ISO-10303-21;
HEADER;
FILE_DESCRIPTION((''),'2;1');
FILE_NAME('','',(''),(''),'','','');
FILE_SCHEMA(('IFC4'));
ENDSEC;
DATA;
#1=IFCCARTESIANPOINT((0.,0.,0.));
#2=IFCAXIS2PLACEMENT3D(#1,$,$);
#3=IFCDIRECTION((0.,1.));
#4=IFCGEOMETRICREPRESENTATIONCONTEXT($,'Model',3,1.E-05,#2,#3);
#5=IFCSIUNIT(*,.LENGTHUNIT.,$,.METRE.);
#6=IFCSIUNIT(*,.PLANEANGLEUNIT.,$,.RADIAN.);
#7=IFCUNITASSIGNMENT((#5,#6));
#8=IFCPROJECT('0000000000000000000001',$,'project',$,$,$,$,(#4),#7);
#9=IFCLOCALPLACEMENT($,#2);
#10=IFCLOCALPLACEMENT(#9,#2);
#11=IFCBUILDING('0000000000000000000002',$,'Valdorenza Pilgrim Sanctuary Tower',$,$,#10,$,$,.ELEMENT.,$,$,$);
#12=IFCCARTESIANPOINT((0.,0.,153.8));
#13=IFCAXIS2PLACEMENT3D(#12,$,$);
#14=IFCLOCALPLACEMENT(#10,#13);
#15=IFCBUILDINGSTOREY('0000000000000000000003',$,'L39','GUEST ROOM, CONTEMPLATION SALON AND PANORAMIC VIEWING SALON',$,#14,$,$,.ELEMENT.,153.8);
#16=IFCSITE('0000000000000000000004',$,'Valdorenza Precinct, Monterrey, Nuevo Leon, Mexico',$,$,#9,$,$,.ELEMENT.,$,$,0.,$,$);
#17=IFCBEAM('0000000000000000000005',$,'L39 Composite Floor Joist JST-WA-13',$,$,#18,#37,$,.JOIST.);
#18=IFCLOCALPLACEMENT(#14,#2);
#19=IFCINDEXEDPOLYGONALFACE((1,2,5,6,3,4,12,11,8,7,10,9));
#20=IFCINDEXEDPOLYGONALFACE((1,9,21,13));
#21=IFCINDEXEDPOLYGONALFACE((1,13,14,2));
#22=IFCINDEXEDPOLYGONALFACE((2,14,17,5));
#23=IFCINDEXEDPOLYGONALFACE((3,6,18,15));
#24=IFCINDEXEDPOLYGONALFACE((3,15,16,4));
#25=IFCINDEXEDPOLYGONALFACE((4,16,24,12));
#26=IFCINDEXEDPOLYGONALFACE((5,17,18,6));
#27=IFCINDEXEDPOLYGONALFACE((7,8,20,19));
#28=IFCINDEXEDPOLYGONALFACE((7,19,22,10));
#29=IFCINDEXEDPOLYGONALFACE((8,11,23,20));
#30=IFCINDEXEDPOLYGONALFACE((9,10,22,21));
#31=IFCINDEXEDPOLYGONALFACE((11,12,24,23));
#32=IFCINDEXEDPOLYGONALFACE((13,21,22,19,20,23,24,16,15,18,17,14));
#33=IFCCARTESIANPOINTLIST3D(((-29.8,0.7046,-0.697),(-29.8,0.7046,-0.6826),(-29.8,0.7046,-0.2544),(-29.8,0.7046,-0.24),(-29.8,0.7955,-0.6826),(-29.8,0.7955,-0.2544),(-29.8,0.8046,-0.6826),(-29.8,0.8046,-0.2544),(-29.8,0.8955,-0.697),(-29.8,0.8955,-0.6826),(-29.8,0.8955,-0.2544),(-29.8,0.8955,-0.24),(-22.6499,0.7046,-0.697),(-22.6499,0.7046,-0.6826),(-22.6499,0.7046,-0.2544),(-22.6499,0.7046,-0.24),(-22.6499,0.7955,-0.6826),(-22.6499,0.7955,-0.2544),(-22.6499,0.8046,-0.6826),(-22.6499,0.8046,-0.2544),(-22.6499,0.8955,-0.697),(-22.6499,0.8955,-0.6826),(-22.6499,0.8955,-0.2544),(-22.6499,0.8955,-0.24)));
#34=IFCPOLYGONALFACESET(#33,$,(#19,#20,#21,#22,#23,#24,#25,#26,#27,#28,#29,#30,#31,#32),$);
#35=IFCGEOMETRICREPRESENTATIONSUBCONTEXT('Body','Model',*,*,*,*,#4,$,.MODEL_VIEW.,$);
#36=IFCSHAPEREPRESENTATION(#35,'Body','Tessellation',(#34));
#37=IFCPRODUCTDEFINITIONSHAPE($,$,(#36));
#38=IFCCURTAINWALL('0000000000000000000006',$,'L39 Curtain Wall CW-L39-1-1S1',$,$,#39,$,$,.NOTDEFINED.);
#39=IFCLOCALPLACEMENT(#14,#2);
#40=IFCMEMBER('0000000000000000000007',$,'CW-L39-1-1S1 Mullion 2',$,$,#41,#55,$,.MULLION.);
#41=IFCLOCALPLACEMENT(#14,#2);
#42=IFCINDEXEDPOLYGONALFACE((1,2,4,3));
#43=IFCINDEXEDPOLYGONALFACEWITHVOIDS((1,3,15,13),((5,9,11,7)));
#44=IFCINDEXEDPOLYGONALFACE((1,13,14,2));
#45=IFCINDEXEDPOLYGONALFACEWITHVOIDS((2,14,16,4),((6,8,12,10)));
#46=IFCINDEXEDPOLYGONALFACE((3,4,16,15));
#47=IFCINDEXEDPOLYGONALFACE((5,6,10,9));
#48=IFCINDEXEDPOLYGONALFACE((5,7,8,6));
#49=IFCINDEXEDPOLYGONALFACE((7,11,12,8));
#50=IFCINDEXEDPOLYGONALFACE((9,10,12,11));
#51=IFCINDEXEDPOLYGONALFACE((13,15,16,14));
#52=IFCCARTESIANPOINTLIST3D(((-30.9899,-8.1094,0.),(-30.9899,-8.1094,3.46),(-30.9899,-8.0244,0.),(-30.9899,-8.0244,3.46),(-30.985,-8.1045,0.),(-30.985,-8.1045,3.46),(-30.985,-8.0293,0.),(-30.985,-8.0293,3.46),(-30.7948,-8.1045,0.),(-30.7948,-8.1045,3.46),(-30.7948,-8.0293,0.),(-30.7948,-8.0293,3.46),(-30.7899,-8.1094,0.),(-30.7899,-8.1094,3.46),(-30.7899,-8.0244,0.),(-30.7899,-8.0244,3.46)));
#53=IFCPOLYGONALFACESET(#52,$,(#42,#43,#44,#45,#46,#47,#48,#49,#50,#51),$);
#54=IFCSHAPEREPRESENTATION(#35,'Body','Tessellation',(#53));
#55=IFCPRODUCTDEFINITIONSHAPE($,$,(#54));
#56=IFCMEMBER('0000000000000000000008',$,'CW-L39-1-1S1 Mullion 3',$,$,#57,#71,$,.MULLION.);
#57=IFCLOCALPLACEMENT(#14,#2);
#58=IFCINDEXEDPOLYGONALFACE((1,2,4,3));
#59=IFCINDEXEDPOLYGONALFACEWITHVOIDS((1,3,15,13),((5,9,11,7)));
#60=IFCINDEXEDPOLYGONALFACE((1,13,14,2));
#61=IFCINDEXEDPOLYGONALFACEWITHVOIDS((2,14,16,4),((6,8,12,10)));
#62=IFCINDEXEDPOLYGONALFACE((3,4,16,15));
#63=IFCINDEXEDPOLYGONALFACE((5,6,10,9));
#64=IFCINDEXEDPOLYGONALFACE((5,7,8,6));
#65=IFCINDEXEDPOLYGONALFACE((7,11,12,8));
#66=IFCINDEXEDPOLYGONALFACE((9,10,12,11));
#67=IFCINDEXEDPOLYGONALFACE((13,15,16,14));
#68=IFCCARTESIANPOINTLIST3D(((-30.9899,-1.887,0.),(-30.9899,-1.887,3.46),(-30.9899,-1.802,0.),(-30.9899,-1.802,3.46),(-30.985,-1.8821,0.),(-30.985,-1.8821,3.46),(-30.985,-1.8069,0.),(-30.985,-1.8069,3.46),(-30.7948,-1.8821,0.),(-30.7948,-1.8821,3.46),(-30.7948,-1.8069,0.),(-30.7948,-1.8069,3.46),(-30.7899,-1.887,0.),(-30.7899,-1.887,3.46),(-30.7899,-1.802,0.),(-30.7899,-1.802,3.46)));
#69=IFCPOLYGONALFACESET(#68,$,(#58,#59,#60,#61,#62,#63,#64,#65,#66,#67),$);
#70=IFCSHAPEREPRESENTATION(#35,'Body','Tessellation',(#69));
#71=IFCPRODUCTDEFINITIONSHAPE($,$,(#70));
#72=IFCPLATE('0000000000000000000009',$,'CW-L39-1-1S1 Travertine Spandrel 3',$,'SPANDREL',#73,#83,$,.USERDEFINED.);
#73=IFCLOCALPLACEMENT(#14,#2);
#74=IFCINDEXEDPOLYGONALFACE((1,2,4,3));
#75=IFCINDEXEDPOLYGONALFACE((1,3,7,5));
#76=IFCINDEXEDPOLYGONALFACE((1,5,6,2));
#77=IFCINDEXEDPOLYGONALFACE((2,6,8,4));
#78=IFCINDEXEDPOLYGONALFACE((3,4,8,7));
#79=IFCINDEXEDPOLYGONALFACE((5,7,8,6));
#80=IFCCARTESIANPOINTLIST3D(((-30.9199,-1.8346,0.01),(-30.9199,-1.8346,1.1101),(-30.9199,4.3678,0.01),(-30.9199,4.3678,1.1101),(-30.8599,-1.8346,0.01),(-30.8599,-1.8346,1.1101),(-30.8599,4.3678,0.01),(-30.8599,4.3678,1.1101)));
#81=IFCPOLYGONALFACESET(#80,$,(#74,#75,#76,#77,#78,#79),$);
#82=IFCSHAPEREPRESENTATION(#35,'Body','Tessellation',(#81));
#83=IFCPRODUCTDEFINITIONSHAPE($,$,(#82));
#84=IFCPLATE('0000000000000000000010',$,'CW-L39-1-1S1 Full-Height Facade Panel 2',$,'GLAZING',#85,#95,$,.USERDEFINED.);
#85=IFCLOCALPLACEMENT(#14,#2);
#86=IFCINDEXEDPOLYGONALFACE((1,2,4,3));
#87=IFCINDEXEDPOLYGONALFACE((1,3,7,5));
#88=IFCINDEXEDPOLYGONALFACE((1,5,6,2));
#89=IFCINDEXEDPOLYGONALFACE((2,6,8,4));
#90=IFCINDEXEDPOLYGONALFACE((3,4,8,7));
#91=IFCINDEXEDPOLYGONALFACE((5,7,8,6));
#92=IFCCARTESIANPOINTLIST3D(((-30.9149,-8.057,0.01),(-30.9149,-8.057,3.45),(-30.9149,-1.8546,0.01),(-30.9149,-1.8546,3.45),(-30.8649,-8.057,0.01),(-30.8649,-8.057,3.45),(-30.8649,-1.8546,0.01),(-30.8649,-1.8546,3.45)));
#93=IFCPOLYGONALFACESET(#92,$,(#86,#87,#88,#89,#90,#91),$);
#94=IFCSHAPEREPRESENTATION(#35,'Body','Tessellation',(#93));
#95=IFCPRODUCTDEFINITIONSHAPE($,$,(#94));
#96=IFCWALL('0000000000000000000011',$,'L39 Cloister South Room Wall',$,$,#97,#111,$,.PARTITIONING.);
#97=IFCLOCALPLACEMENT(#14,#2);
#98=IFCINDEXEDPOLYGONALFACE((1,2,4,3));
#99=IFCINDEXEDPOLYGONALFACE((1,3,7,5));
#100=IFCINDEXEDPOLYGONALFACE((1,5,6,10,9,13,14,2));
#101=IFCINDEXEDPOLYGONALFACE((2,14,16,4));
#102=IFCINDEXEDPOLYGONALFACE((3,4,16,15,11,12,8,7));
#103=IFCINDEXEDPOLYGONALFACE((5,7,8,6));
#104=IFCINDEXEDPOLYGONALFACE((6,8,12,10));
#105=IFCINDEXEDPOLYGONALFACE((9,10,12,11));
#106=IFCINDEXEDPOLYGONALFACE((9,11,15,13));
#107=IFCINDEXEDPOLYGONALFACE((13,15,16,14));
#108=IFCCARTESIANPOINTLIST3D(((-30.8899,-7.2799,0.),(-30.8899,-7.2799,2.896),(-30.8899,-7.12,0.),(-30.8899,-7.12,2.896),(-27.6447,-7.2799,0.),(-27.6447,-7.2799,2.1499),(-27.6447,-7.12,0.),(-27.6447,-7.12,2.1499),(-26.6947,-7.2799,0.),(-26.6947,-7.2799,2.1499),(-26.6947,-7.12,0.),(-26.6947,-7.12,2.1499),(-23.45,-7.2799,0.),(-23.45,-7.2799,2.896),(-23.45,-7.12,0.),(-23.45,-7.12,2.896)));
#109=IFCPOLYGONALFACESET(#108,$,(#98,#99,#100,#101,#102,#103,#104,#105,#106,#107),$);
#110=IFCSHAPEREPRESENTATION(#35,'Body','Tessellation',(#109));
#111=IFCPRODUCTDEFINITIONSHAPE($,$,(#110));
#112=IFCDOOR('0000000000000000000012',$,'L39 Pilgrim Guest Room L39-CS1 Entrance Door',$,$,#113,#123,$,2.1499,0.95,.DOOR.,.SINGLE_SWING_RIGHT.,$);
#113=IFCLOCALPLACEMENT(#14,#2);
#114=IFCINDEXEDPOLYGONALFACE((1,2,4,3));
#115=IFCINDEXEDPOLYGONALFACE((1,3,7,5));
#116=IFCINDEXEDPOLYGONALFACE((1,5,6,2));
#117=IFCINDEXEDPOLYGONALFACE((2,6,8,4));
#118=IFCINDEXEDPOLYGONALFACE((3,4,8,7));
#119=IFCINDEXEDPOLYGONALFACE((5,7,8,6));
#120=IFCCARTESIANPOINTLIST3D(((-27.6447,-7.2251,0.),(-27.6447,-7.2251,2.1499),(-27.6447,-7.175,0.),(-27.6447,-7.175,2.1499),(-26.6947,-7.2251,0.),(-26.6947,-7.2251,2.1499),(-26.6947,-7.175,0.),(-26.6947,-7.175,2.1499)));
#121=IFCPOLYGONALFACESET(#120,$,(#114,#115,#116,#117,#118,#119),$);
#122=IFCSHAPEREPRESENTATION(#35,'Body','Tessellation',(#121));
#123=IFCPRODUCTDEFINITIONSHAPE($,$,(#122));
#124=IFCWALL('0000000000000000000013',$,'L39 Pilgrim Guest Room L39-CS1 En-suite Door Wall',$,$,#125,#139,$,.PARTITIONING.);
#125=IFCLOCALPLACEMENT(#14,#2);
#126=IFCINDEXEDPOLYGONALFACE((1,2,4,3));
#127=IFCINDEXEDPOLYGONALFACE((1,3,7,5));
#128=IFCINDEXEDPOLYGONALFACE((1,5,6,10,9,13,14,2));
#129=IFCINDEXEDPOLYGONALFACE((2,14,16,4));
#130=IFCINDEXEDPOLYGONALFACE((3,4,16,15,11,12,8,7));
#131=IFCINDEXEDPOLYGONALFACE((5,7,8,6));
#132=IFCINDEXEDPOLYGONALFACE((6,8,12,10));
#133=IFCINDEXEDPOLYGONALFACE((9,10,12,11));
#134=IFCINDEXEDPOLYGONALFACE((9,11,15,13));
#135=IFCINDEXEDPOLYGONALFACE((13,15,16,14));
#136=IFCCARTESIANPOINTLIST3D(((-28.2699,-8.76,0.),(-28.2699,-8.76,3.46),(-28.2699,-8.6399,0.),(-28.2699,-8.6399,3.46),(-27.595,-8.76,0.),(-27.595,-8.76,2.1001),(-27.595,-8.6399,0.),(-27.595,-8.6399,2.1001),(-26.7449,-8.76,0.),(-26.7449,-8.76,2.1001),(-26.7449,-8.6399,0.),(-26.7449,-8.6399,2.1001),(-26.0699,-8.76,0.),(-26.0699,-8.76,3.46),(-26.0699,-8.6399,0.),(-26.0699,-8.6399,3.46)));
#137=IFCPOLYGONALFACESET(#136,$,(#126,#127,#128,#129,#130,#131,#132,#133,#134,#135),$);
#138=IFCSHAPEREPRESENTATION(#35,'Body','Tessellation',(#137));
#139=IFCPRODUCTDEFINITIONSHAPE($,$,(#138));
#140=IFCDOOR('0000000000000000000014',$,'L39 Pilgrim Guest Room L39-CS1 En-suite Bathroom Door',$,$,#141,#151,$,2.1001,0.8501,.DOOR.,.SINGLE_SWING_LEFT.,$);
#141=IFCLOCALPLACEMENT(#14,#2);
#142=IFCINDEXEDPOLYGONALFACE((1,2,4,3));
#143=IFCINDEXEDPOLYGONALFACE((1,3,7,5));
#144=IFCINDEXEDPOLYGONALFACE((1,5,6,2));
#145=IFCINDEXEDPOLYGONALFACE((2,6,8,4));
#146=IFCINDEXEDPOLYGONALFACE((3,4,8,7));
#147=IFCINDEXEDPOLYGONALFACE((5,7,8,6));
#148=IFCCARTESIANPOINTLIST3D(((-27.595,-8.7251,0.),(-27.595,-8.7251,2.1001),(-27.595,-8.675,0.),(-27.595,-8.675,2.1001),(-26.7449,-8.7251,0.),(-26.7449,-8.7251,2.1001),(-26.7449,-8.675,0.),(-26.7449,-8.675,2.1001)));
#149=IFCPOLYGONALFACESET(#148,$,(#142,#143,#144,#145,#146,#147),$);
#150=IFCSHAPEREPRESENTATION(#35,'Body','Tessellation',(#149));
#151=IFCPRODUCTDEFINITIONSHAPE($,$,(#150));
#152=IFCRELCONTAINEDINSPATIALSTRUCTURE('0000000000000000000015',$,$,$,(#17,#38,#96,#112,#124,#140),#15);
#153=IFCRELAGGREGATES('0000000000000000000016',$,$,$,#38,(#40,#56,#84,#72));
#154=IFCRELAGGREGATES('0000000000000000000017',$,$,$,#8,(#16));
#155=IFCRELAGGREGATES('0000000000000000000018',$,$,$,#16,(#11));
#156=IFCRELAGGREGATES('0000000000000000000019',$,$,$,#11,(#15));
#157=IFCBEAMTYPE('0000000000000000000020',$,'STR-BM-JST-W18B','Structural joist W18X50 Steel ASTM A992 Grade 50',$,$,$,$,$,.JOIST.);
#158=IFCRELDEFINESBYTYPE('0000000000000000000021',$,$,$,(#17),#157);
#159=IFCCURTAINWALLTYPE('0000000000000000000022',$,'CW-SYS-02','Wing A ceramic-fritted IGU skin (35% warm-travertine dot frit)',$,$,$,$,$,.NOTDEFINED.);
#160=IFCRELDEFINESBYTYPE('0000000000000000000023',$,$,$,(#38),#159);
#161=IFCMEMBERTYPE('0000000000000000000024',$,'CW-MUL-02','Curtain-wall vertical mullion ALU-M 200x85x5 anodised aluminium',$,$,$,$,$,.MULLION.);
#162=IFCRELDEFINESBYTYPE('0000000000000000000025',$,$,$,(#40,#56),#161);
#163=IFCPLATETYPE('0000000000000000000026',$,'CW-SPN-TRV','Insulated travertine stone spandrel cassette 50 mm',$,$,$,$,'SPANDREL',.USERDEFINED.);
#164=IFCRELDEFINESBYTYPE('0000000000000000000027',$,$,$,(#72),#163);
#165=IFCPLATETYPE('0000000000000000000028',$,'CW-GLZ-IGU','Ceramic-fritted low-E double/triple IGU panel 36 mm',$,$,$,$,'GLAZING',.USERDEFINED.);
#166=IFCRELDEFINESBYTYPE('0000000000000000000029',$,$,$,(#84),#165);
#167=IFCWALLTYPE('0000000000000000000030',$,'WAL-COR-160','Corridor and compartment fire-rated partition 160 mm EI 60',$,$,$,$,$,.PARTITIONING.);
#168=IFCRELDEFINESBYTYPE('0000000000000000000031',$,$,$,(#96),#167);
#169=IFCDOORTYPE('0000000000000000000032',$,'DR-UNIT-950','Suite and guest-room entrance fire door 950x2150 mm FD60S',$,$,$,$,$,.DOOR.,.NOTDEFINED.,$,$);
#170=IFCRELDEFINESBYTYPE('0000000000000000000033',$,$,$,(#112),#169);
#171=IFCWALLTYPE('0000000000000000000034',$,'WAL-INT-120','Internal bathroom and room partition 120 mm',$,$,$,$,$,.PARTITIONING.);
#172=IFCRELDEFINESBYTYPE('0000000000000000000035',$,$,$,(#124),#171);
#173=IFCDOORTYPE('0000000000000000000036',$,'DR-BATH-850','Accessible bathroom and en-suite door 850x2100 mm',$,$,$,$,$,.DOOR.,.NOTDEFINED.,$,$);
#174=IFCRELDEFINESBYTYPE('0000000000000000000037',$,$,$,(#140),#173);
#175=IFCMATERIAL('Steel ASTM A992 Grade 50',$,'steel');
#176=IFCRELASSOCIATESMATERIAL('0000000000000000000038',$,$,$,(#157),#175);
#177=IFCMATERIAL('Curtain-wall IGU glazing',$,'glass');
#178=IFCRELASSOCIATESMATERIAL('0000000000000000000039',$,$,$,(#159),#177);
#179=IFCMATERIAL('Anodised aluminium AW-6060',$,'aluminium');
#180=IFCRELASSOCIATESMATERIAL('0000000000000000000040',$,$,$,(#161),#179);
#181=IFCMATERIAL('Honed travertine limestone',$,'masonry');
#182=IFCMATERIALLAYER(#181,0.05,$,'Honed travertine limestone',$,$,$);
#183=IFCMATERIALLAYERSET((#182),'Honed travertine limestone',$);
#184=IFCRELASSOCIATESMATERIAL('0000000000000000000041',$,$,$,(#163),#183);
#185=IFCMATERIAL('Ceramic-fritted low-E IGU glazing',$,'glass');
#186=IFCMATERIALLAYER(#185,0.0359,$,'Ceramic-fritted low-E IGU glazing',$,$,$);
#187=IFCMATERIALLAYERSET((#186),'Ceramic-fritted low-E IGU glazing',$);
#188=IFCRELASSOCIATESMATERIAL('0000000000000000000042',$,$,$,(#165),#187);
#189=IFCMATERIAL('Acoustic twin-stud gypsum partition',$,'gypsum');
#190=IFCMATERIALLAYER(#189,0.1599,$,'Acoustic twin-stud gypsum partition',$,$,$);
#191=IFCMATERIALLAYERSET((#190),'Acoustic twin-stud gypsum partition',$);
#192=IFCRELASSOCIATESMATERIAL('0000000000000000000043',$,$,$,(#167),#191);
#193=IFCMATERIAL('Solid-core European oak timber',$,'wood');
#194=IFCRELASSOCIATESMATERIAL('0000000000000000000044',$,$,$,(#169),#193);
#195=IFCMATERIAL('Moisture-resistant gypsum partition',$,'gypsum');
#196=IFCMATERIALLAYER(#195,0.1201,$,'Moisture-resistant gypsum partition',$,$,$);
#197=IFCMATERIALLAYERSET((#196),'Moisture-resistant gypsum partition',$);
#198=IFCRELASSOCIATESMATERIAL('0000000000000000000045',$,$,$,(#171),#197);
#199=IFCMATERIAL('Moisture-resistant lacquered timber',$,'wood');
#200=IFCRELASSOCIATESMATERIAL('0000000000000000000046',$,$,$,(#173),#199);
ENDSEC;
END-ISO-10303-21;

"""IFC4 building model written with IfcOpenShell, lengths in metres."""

from ifc_helpers import new_model, si_unit, direction, frame, frame_2d, origin, origin_2d, place, context, subcontext, project, spatial, rectangle, hollow_rectangle, i_section, extrude, source, transform, mapped, material, layer, layer_set, material_profile, profile_set, type_object, element, fill, aggregate, save


model = new_model("IFC4")

# Units and contexts
model_context = context("Model", 3, precision=1e-05, world=origin(), true_north=direction((0.0, 1.0)))
body_context = subcontext(model_context, "Body", "Model", "MODEL_VIEW")
ifc_project = project(units=[si_unit("LENGTHUNIT", "METRE"), si_unit("PLANEANGLEUNIT", "RADIAN")], contexts=[model_context])

# Site, building, storey
site_placement = place(None, origin())
site = spatial("IfcSite", under=ifc_project, at=site_placement, Name="Valdorenza Precinct, Monterrey, Nuevo Leon, Mexico", CompositionType="ELEMENT", RefElevation=0.0)
building_placement = place(site_placement, origin())
building = spatial("IfcBuilding", under=site, at=building_placement, Name="Valdorenza Pilgrim Sanctuary Tower", CompositionType="ELEMENT")
storey_placement = place(building_placement, frame((0.0, 0.0, 153.8)))
storey = spatial("IfcBuildingStorey", under=building, at=storey_placement, Name="L39", Description="GUEST ROOM, CONTEMPLATION SALON AND PANORAMIC VIEWING SALON", CompositionType="ELEMENT", Elevation=153.8)

# Beam
ifc_material_1 = material(Name="Steel ASTM A992 Grade 50", Category="steel")
ifc_material_profile_1 = material_profile(ifc_material_1, i_section(OverallWidth=0.1909, OverallDepth=0.457, WebThickness=0.009, FlangeThickness=0.0144, at=origin_2d()), Name="W18X50")
ifc_profile_set_1 = profile_set([ifc_material_profile_1], Name="Steel ASTM A992 Grade 50")
beam_type_1 = type_object("IfcBeamType", Name="STR-BM-JST-W18B", Description="Structural joist W18X50 Steel ASTM A992 Grade 50", PredefinedType="JOIST", material=ifc_profile_set_1)
shared_shape_1 = source(origin(), body_context, "Body", "SweptSolid", [
    extrude(i_section(OverallWidth=0.1909, OverallDepth=0.457, WebThickness=0.009, FlangeThickness=0.0144, at=origin_2d()), origin(), (0.0, 0.0, 1.0), 7.1501),
])
for number, where, z_axis, x_axis, name in (
    (1, (-29.8, 0.8, -0.4685), (1.0, 0.0, 0.0), (0.0, 1.0, 0.0), "L39 Composite Floor Joist JST-WA-13"),
):
    element("IfcBeam", number, at=place(storey_placement, frame(where, z_axis=z_axis, x_axis=x_axis)), inside=storey, type_object=beam_type_1, Name=name, PredefinedType="JOIST", context=body_context, shape_type="MappedRepresentation", body=[
        mapped(shared_shape_1, transform((0.0, 0.0, 0.0), x_axis=(1.0, 0.0, 0.0), y_axis=(0.0, 1.0, 0.0), z_axis=(0.0, 0.0, 1.0), scale=1.0)),
    ])

# Curtain wall, members, plates
ifc_material_2 = material(Name="Curtain-wall IGU glazing", Category="glass")
curtain_wall_type = type_object("IfcCurtainWallType", Name="CW-SYS-02", Description="Wing A ceramic-fritted IGU skin (35% warm-travertine dot frit)", PredefinedType="NOTDEFINED", material=ifc_material_2)
curtain_wall_placement = place(storey_placement, origin())
curtain_wall = element("IfcCurtainWall", 2, at=curtain_wall_placement, inside=storey, type_object=curtain_wall_type, Name="L39 Curtain Wall CW-L39-1-1S1", PredefinedType="NOTDEFINED")
ifc_material_3 = material(Name="Anodised aluminium AW-6060", Category="aluminium")
ifc_material_profile_2 = material_profile(ifc_material_3, hollow_rectangle(XDim=0.085, YDim=0.2, WallThickness=0.0049, at=origin_2d()), Name="ALU-M 200x85x5")
ifc_profile_set_2 = profile_set([ifc_material_profile_2], Name="Anodised aluminium AW-6060")
member_type = type_object("IfcMemberType", Name="CW-MUL-02", Description="Curtain-wall vertical mullion ALU-M 200x85x5 anodised aluminium", PredefinedType="MULLION", material=ifc_profile_set_2)
shared_shape_2 = source(origin(), body_context, "Body", "SweptSolid", [
    extrude(hollow_rectangle(XDim=0.085, YDim=0.2, WallThickness=0.0049, at=origin_2d()), origin(), (0.0, 0.0, 1.0), 3.46),
])
member_1_placement = place(storey_placement, frame((-30.8899, -8.0669, 0.0), z_axis=(0.0, 0.0, 1.0), x_axis=(0.0, 1.0, 0.0)))
member_1 = element("IfcMember", 3, at=member_1_placement, type_object=member_type, Name="CW-L39-1-1S1 Mullion 2", PredefinedType="MULLION", context=body_context, shape_type="MappedRepresentation", body=[
    mapped(shared_shape_2, transform((0.0, 0.0, 0.0), x_axis=(1.0, 0.0, 0.0), y_axis=(0.0, 1.0, 0.0), z_axis=(0.0, 0.0, 1.0), scale=1.0)),
])
member_2_placement = place(storey_placement, frame((-30.8899, -1.8445, 0.0), z_axis=(0.0, 0.0, 1.0), x_axis=(0.0, 1.0, 0.0)))
member_2 = element("IfcMember", 4, at=member_2_placement, type_object=member_type, Name="CW-L39-1-1S1 Mullion 3", PredefinedType="MULLION", context=body_context, shape_type="MappedRepresentation", body=[
    mapped(shared_shape_2, transform((0.0, 0.0, 0.0), x_axis=(1.0, 0.0, 0.0), y_axis=(0.0, 1.0, 0.0), z_axis=(0.0, 0.0, 1.0), scale=1.0)),
])
ifc_material_4 = material(Name="Honed travertine limestone", Category="masonry")
ifc_layer_1 = layer(ifc_material_4, 0.05, Name="Honed travertine limestone")
ifc_layer_set_1 = layer_set([ifc_layer_1], Name="Honed travertine limestone")
plate_type_1 = type_object("IfcPlateType", Name="CW-SPN-TRV", Description="Insulated travertine stone spandrel cassette 50 mm", ElementType="SPANDREL", PredefinedType="USERDEFINED", material=ifc_layer_set_1)
shared_shape_3 = source(origin(), body_context, "Body", "SweptSolid", [
    extrude(rectangle(XDim=6.2024, YDim=0.0601, at=origin_2d()), origin(), (0.0, 0.0, 1.0), 1.1001),
])
plate_1_placement = place(storey_placement, frame((-30.8899, 1.2666, 0.01), z_axis=(0.0, 0.0, 1.0), x_axis=(0.0, 1.0, 0.0)))
plate_1 = element("IfcPlate", 5, at=plate_1_placement, type_object=plate_type_1, Name="CW-L39-1-1S1 Travertine Spandrel 3", ObjectType="SPANDREL", PredefinedType="USERDEFINED", context=body_context, shape_type="MappedRepresentation", body=[
    mapped(shared_shape_3, transform((0.0, 0.0, 0.0), x_axis=(1.0, 0.0, 0.0), y_axis=(0.0, 1.0, 0.0), z_axis=(0.0, 0.0, 1.0), scale=1.0)),
])
ifc_material_5 = material(Name="Ceramic-fritted low-E IGU glazing", Category="glass")
ifc_layer_2 = layer(ifc_material_5, 0.0359, Name="Ceramic-fritted low-E IGU glazing")
ifc_layer_set_2 = layer_set([ifc_layer_2], Name="Ceramic-fritted low-E IGU glazing")
plate_type_2 = type_object("IfcPlateType", Name="CW-GLZ-IGU", Description="Ceramic-fritted low-E double/triple IGU panel 36 mm", ElementType="GLAZING", PredefinedType="USERDEFINED", material=ifc_layer_set_2)
shared_shape_4 = source(origin(), body_context, "Body", "SweptSolid", [
    extrude(rectangle(XDim=6.2024, YDim=0.05, at=origin_2d()), origin(), (0.0, 0.0, 1.0), 3.4399),
])
plate_2_placement = place(storey_placement, frame((-30.8899, -4.9558, 0.01), z_axis=(0.0, 0.0, 1.0), x_axis=(0.0, 1.0, 0.0)))
plate_2 = element("IfcPlate", 6, at=plate_2_placement, type_object=plate_type_2, Name="CW-L39-1-1S1 Full-Height Facade Panel 2", ObjectType="GLAZING", PredefinedType="USERDEFINED", context=body_context, shape_type="MappedRepresentation", body=[
    mapped(shared_shape_4, transform((0.0, 0.0, 0.0), x_axis=(1.0, 0.0, 0.0), y_axis=(0.0, 1.0, 0.0), z_axis=(0.0, 0.0, 1.0), scale=1.0)),
])
aggregate(curtain_wall, [member_1, member_2, plate_2, plate_1])

# Walls, openings, doors
ifc_material_6 = material(Name="Acoustic twin-stud gypsum partition", Category="gypsum")
ifc_layer_3 = layer(ifc_material_6, 0.1599, Name="Acoustic twin-stud gypsum partition")
ifc_layer_set_3 = layer_set([ifc_layer_3], Name="Acoustic twin-stud gypsum partition")
wall_type_1 = type_object("IfcWallType", Name="WAL-COR-160", Description="Corridor and compartment fire-rated partition 160 mm EI 60", PredefinedType="PARTITIONING", material=ifc_layer_set_3)
wall_1_placement = place(storey_placement, frame((-30.8899, -7.2, 0.0), z_axis=(0.0, 0.0, 1.0), x_axis=(1.0, 0.0, 0.0)))
wall_1 = element("IfcWall", 7, at=wall_1_placement, inside=storey, type_object=wall_type_1, Name="L39 Cloister South Room Wall", PredefinedType="PARTITIONING", context=body_context, shape_type="SweptSolid", body=[
    extrude(rectangle(XDim=7.4399, YDim=0.1599, at=frame_2d((3.72, 0.0))), origin(), (0.0, 0.0, 1.0), 2.896),
])
opening_1_placement = place(wall_1_placement, frame((3.2451, 0.0, 0.0)))
opening_1 = element("IfcOpeningElement", 8, at=opening_1_placement, cuts=wall_1, PredefinedType="OPENING", context=body_context, shape_type="SweptSolid", body=[
    extrude(rectangle(XDim=0.95, YDim=2.1499, at=frame_2d((0.4751, 1.075))), frame((0.0, 0.0947, 0.0), z_axis=(0.0, -1.0, 0.0), x_axis=(1.0, 0.0, 0.0)), (0.0, 0.0, 1.0), 0.1897),
])
ifc_material_7 = material(Name="Solid-core European oak timber", Category="wood")
door_type_1 = type_object("IfcDoorType", Name="DR-UNIT-950", Description="Suite and guest-room entrance fire door 950x2150 mm FD60S", OperationType="NOTDEFINED", PredefinedType="DOOR", material=ifc_material_7)
door_1_placement = place(opening_1_placement, origin())
door_1 = element("IfcDoor", 9, at=door_1_placement, inside=storey, type_object=door_type_1, Name="L39 Pilgrim Guest Room L39-CS1 Entrance Door", OperationType="SINGLE_SWING_RIGHT", OverallHeight=2.1499, OverallWidth=0.95, PredefinedType="DOOR", context=body_context, shape_type="SweptSolid", body=[
    extrude(rectangle(XDim=0.95, YDim=2.1499, at=frame_2d((0.4751, 1.075))), frame((0.0, 0.0249, 0.0), z_axis=(0.0, -1.0, 0.0), x_axis=(1.0, 0.0, 0.0)), (0.0, 0.0, 1.0), 0.05),
])
fill(opening_1, door_1)
ifc_material_8 = material(Name="Moisture-resistant gypsum partition", Category="gypsum")
ifc_layer_4 = layer(ifc_material_8, 0.1201, Name="Moisture-resistant gypsum partition")
ifc_layer_set_4 = layer_set([ifc_layer_4], Name="Moisture-resistant gypsum partition")
wall_type_2 = type_object("IfcWallType", Name="WAL-INT-120", Description="Internal bathroom and room partition 120 mm", PredefinedType="PARTITIONING", material=ifc_layer_set_4)
wall_2_placement = place(storey_placement, frame((-28.27, -8.7, 0.0), z_axis=(0.0, 0.0, 1.0), x_axis=(1.0, 0.0, 0.0)))
wall_2 = element("IfcWall", 10, at=wall_2_placement, inside=storey, type_object=wall_type_2, Name="L39 Pilgrim Guest Room L39-CS1 En-suite Door Wall", PredefinedType="PARTITIONING", context=body_context, shape_type="SweptSolid", body=[
    extrude(rectangle(XDim=2.2, YDim=0.1201, at=frame_2d((1.1001, 0.0))), origin(), (0.0, 0.0, 1.0), 3.46),
])
opening_2_placement = place(wall_2_placement, frame((0.675, 0.0, 0.0)))
opening_2 = element("IfcOpeningElement", 11, at=opening_2_placement, cuts=wall_2, PredefinedType="OPENING", context=body_context, shape_type="SweptSolid", body=[
    extrude(rectangle(XDim=0.8501, YDim=2.1001, at=frame_2d((0.425, 1.05))), frame((0.0, 0.075, 0.0), z_axis=(0.0, -1.0, 0.0), x_axis=(1.0, 0.0, 0.0)), (0.0, 0.0, 1.0), 0.1499),
])
ifc_material_9 = material(Name="Moisture-resistant lacquered timber", Category="wood")
door_type_2 = type_object("IfcDoorType", Name="DR-BATH-850", Description="Accessible bathroom and en-suite door 850x2100 mm", OperationType="NOTDEFINED", PredefinedType="DOOR", material=ifc_material_9)
door_2_placement = place(opening_2_placement, origin())
door_2 = element("IfcDoor", 12, at=door_2_placement, inside=storey, type_object=door_type_2, Name="L39 Pilgrim Guest Room L39-CS1 En-suite Bathroom Door", OperationType="SINGLE_SWING_LEFT", OverallHeight=2.1001, OverallWidth=0.8501, PredefinedType="DOOR", context=body_context, shape_type="SweptSolid", body=[
    extrude(rectangle(XDim=0.8501, YDim=2.1001, at=frame_2d((0.425, 1.05))), frame((0.0, 0.0249, 0.0), z_axis=(0.0, -1.0, 0.0), x_axis=(1.0, 0.0, 0.0)), (0.0, 0.0, 1.0), 0.05),
])
fill(opening_2, door_2)

save(model, "model.ifc")
